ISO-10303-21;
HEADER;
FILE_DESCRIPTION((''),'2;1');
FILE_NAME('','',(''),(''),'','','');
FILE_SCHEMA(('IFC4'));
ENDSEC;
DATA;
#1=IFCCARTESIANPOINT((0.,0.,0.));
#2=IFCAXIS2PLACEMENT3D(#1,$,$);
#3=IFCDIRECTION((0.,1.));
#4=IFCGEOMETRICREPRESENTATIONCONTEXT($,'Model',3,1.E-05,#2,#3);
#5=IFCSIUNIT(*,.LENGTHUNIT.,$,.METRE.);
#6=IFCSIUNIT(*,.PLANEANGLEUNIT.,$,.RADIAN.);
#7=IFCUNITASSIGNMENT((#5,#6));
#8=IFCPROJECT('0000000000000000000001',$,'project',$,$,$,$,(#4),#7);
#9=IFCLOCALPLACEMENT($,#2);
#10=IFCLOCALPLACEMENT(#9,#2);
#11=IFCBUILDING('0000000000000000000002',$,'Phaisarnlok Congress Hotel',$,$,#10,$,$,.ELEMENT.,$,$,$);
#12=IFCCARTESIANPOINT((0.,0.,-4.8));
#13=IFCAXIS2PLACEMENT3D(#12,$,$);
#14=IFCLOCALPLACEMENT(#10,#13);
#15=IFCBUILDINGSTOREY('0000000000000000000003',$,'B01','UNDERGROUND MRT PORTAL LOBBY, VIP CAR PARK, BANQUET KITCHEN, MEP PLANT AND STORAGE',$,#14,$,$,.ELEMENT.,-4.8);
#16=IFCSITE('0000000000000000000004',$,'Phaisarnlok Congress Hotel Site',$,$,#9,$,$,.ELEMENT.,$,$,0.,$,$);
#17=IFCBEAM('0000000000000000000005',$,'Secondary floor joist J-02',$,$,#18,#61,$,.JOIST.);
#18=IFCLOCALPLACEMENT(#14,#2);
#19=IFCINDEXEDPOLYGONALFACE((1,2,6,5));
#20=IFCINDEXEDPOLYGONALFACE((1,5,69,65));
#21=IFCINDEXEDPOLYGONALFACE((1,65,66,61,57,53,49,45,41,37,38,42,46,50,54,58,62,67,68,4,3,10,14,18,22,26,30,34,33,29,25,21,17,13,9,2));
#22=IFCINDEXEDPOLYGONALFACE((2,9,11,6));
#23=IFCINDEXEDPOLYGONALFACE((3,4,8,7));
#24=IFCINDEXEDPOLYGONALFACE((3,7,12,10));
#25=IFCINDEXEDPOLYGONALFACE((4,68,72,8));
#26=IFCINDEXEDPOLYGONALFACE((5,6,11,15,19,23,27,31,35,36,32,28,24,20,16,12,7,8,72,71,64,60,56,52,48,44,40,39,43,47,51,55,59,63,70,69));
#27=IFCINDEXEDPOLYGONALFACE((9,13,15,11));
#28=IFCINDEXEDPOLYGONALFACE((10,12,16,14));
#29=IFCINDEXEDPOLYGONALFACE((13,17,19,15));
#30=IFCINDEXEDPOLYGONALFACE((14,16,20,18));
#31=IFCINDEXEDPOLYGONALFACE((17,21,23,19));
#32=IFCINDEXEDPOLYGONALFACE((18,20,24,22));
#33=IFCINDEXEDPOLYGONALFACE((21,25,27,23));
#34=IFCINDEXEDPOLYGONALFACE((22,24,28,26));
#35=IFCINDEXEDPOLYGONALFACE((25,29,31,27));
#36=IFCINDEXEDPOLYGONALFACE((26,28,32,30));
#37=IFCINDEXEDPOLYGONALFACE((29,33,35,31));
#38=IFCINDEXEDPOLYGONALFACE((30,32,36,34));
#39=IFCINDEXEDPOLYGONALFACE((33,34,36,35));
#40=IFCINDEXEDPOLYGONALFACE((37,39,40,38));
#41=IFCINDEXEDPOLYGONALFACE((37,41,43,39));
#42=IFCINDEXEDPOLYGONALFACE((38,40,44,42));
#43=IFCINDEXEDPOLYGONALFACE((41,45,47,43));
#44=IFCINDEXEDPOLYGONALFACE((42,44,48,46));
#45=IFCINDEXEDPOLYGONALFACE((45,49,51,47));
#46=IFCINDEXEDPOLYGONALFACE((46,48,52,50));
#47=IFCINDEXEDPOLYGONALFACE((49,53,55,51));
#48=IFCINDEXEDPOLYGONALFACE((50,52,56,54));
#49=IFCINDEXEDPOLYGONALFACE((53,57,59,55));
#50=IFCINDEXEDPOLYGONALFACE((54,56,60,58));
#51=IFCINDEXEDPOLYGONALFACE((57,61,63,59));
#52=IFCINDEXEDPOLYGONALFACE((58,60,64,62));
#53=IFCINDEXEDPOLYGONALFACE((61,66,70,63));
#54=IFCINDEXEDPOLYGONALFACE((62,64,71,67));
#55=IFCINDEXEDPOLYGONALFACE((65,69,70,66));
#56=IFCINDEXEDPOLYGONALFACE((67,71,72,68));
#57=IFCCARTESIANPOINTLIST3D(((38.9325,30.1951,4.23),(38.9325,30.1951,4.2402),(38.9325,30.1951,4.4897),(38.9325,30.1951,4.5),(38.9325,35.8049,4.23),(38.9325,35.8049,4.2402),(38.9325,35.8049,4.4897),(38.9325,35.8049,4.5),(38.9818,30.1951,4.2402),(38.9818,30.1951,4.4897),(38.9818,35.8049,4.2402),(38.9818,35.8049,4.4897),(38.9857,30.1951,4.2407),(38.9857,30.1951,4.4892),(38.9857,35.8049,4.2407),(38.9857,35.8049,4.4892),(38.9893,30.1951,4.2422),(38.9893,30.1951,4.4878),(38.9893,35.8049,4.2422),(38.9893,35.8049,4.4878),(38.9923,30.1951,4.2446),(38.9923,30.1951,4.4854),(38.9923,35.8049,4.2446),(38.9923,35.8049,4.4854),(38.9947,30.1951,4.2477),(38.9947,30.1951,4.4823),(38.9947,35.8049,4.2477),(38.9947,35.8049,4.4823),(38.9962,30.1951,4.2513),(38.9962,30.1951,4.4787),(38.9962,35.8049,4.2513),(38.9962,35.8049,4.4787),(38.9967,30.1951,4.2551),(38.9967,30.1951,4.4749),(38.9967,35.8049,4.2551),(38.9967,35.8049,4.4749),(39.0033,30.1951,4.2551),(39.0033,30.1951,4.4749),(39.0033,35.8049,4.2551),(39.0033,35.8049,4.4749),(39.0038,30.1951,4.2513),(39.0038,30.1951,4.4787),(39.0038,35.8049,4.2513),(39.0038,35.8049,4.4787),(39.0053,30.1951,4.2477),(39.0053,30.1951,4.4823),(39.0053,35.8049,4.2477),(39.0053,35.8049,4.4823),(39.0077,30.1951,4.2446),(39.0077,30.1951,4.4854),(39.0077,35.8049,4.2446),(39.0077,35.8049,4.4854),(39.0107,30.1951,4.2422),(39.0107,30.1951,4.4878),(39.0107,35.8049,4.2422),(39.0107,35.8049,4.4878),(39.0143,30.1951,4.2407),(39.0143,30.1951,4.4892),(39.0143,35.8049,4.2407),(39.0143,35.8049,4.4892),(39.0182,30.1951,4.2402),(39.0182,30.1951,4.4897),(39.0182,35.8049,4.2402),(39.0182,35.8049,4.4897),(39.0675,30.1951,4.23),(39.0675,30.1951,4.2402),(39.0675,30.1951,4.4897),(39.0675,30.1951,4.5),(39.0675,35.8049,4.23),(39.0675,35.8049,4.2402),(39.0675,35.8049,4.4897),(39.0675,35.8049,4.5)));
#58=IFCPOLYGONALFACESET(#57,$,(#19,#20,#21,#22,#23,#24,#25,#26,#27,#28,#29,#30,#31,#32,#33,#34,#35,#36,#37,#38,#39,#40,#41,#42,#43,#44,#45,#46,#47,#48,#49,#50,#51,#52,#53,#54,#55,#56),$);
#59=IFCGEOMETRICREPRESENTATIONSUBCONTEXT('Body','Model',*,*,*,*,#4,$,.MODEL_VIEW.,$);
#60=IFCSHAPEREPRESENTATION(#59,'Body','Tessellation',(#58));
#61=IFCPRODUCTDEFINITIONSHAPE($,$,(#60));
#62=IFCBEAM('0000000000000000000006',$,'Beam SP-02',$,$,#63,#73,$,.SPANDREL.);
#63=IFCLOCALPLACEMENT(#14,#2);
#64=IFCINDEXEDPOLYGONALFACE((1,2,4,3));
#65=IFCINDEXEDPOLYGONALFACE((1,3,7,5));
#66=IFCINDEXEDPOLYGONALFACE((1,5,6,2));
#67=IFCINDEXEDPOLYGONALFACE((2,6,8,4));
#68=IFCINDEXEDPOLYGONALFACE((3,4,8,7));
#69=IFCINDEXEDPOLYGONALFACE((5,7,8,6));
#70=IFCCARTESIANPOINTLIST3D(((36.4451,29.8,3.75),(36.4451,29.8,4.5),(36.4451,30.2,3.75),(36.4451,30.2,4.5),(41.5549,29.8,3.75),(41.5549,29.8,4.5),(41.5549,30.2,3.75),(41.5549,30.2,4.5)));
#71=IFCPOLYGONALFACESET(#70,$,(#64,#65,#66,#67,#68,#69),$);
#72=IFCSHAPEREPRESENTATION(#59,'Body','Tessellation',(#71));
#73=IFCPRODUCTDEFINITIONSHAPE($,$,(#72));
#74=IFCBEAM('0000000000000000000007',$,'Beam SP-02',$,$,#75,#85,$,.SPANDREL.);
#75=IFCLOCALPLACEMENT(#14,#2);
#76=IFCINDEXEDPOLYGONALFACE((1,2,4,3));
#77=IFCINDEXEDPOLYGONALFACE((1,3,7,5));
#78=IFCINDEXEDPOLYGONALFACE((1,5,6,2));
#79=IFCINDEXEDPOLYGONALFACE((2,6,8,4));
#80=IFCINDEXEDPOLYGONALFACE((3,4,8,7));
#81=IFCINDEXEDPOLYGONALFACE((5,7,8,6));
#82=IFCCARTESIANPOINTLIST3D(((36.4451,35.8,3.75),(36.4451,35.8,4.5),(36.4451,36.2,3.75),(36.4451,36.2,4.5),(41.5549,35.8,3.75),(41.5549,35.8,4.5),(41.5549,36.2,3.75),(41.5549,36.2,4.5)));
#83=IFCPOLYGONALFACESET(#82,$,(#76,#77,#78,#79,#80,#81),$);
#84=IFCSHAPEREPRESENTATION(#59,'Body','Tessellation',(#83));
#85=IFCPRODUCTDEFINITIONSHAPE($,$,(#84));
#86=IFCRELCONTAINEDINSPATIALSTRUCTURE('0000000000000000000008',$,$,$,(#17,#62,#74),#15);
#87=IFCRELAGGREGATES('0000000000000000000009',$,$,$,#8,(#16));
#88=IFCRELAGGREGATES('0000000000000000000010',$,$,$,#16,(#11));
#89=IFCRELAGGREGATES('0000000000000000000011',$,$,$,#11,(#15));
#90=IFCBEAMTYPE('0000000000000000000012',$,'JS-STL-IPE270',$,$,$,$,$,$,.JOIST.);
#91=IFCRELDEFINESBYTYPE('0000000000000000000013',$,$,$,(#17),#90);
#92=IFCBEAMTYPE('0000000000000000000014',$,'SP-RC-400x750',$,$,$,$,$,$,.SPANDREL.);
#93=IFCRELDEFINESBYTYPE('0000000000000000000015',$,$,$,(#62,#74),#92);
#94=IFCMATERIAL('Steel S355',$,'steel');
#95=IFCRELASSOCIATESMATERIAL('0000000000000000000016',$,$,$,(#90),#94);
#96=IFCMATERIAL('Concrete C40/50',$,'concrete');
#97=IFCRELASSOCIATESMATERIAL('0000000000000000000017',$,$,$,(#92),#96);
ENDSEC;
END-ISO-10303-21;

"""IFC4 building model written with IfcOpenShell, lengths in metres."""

from ifc_helpers import new_model, si_unit, direction, frame, origin, origin_2d, place, context, subcontext, project, spatial, rectangle, i_section, extrude, material, material_profile, profile_set, type_object, element, save


model = new_model("IFC4")

# Units and contexts
model_context = context("Model", 3, precision=1e-05, world=origin(), true_north=direction((0.0, 1.0)))
body_context = subcontext(model_context, "Body", "Model", "MODEL_VIEW")
ifc_project = project(units=[si_unit("LENGTHUNIT", "METRE"), si_unit("PLANEANGLEUNIT", "RADIAN")], contexts=[model_context])

# Site, building, storey
site_placement = place(None, origin())
site = spatial("IfcSite", under=ifc_project, at=site_placement, Name="Phaisarnlok Congress Hotel Site", CompositionType="ELEMENT", RefElevation=0.0)
building_placement = place(site_placement, origin())
building = spatial("IfcBuilding", under=site, at=building_placement, Name="Phaisarnlok Congress Hotel", CompositionType="ELEMENT")
storey_placement = place(building_placement, frame((0.0, 0.0, -4.8)))
storey = spatial("IfcBuildingStorey", under=building, at=storey_placement, Name="B01", Description="UNDERGROUND MRT PORTAL LOBBY, VIP CAR PARK, BANQUET KITCHEN, MEP PLANT AND STORAGE", CompositionType="ELEMENT", Elevation=-4.8)

# Shared definitions
ifc_material_1 = material(Name="Concrete C40/50", Category="concrete")

# Beams
ifc_material_2 = material(Name="Steel S355", Category="steel")
ifc_material_profile_1 = material_profile(ifc_material_2, i_section(OverallWidth=0.135, OverallDepth=0.27, WebThickness=0.0066, FlangeThickness=0.0103, FilletRadius=0.0149, at=origin_2d()), Name="IPE 270")
ifc_profile_set_1 = profile_set([ifc_material_profile_1], Name="Steel S355")
beam_type_1 = type_object("IfcBeamType", Name="JS-STL-IPE270", PredefinedType="JOIST", material=ifc_profile_set_1)
for number, where, z_axis, x_axis, name in (
    (1, (39.0, 30.1951, 4.365), (0.0, 1.0, 0.0), (-1.0, 0.0, 0.0), "Secondary floor joist J-02"),
):
    element("IfcBeam", number, at=place(storey_placement, frame(where, z_axis=z_axis, x_axis=x_axis)), inside=storey, type_object=beam_type_1, Name=name, PredefinedType="JOIST", context=body_context, shape_type="SweptSolid", body=[
        extrude(i_section(OverallWidth=0.135, OverallDepth=0.27, WebThickness=0.0066, FlangeThickness=0.0103, FilletRadius=0.0149, at=origin_2d()), origin(), (0.0, 0.0, 1.0), 5.6099),
    ])
ifc_material_profile_2 = material_profile(ifc_material_1, rectangle(XDim=0.3999, YDim=0.75, at=origin_2d()), Name="RC 400x750")
ifc_profile_set_2 = profile_set([ifc_material_profile_2], Name="Concrete C40/50")
beam_type_2 = type_object("IfcBeamType", Name="SP-RC-400x750", PredefinedType="SPANDREL", material=ifc_profile_set_2)
for number, where, z_axis, x_axis, name in (
    (2, (36.4451, 30.0, 4.125), (1.0, 0.0, 0.0), (0.0, 1.0, 0.0), "Beam SP-02"),
    (3, (36.4451, 36.0, 4.125), (1.0, 0.0, 0.0), (0.0, 1.0, 0.0), "Beam SP-02"),
):
    element("IfcBeam", number, at=place(storey_placement, frame(where, z_axis=z_axis, x_axis=x_axis)), inside=storey, type_object=beam_type_2, Name=name, PredefinedType="SPANDREL", context=body_context, shape_type="SweptSolid", body=[
        extrude(rectangle(XDim=0.3999, YDim=0.75, at=origin_2d()), origin(), (0.0, 0.0, 1.0), 5.1099),
    ])

save(model, "model.ifc")
